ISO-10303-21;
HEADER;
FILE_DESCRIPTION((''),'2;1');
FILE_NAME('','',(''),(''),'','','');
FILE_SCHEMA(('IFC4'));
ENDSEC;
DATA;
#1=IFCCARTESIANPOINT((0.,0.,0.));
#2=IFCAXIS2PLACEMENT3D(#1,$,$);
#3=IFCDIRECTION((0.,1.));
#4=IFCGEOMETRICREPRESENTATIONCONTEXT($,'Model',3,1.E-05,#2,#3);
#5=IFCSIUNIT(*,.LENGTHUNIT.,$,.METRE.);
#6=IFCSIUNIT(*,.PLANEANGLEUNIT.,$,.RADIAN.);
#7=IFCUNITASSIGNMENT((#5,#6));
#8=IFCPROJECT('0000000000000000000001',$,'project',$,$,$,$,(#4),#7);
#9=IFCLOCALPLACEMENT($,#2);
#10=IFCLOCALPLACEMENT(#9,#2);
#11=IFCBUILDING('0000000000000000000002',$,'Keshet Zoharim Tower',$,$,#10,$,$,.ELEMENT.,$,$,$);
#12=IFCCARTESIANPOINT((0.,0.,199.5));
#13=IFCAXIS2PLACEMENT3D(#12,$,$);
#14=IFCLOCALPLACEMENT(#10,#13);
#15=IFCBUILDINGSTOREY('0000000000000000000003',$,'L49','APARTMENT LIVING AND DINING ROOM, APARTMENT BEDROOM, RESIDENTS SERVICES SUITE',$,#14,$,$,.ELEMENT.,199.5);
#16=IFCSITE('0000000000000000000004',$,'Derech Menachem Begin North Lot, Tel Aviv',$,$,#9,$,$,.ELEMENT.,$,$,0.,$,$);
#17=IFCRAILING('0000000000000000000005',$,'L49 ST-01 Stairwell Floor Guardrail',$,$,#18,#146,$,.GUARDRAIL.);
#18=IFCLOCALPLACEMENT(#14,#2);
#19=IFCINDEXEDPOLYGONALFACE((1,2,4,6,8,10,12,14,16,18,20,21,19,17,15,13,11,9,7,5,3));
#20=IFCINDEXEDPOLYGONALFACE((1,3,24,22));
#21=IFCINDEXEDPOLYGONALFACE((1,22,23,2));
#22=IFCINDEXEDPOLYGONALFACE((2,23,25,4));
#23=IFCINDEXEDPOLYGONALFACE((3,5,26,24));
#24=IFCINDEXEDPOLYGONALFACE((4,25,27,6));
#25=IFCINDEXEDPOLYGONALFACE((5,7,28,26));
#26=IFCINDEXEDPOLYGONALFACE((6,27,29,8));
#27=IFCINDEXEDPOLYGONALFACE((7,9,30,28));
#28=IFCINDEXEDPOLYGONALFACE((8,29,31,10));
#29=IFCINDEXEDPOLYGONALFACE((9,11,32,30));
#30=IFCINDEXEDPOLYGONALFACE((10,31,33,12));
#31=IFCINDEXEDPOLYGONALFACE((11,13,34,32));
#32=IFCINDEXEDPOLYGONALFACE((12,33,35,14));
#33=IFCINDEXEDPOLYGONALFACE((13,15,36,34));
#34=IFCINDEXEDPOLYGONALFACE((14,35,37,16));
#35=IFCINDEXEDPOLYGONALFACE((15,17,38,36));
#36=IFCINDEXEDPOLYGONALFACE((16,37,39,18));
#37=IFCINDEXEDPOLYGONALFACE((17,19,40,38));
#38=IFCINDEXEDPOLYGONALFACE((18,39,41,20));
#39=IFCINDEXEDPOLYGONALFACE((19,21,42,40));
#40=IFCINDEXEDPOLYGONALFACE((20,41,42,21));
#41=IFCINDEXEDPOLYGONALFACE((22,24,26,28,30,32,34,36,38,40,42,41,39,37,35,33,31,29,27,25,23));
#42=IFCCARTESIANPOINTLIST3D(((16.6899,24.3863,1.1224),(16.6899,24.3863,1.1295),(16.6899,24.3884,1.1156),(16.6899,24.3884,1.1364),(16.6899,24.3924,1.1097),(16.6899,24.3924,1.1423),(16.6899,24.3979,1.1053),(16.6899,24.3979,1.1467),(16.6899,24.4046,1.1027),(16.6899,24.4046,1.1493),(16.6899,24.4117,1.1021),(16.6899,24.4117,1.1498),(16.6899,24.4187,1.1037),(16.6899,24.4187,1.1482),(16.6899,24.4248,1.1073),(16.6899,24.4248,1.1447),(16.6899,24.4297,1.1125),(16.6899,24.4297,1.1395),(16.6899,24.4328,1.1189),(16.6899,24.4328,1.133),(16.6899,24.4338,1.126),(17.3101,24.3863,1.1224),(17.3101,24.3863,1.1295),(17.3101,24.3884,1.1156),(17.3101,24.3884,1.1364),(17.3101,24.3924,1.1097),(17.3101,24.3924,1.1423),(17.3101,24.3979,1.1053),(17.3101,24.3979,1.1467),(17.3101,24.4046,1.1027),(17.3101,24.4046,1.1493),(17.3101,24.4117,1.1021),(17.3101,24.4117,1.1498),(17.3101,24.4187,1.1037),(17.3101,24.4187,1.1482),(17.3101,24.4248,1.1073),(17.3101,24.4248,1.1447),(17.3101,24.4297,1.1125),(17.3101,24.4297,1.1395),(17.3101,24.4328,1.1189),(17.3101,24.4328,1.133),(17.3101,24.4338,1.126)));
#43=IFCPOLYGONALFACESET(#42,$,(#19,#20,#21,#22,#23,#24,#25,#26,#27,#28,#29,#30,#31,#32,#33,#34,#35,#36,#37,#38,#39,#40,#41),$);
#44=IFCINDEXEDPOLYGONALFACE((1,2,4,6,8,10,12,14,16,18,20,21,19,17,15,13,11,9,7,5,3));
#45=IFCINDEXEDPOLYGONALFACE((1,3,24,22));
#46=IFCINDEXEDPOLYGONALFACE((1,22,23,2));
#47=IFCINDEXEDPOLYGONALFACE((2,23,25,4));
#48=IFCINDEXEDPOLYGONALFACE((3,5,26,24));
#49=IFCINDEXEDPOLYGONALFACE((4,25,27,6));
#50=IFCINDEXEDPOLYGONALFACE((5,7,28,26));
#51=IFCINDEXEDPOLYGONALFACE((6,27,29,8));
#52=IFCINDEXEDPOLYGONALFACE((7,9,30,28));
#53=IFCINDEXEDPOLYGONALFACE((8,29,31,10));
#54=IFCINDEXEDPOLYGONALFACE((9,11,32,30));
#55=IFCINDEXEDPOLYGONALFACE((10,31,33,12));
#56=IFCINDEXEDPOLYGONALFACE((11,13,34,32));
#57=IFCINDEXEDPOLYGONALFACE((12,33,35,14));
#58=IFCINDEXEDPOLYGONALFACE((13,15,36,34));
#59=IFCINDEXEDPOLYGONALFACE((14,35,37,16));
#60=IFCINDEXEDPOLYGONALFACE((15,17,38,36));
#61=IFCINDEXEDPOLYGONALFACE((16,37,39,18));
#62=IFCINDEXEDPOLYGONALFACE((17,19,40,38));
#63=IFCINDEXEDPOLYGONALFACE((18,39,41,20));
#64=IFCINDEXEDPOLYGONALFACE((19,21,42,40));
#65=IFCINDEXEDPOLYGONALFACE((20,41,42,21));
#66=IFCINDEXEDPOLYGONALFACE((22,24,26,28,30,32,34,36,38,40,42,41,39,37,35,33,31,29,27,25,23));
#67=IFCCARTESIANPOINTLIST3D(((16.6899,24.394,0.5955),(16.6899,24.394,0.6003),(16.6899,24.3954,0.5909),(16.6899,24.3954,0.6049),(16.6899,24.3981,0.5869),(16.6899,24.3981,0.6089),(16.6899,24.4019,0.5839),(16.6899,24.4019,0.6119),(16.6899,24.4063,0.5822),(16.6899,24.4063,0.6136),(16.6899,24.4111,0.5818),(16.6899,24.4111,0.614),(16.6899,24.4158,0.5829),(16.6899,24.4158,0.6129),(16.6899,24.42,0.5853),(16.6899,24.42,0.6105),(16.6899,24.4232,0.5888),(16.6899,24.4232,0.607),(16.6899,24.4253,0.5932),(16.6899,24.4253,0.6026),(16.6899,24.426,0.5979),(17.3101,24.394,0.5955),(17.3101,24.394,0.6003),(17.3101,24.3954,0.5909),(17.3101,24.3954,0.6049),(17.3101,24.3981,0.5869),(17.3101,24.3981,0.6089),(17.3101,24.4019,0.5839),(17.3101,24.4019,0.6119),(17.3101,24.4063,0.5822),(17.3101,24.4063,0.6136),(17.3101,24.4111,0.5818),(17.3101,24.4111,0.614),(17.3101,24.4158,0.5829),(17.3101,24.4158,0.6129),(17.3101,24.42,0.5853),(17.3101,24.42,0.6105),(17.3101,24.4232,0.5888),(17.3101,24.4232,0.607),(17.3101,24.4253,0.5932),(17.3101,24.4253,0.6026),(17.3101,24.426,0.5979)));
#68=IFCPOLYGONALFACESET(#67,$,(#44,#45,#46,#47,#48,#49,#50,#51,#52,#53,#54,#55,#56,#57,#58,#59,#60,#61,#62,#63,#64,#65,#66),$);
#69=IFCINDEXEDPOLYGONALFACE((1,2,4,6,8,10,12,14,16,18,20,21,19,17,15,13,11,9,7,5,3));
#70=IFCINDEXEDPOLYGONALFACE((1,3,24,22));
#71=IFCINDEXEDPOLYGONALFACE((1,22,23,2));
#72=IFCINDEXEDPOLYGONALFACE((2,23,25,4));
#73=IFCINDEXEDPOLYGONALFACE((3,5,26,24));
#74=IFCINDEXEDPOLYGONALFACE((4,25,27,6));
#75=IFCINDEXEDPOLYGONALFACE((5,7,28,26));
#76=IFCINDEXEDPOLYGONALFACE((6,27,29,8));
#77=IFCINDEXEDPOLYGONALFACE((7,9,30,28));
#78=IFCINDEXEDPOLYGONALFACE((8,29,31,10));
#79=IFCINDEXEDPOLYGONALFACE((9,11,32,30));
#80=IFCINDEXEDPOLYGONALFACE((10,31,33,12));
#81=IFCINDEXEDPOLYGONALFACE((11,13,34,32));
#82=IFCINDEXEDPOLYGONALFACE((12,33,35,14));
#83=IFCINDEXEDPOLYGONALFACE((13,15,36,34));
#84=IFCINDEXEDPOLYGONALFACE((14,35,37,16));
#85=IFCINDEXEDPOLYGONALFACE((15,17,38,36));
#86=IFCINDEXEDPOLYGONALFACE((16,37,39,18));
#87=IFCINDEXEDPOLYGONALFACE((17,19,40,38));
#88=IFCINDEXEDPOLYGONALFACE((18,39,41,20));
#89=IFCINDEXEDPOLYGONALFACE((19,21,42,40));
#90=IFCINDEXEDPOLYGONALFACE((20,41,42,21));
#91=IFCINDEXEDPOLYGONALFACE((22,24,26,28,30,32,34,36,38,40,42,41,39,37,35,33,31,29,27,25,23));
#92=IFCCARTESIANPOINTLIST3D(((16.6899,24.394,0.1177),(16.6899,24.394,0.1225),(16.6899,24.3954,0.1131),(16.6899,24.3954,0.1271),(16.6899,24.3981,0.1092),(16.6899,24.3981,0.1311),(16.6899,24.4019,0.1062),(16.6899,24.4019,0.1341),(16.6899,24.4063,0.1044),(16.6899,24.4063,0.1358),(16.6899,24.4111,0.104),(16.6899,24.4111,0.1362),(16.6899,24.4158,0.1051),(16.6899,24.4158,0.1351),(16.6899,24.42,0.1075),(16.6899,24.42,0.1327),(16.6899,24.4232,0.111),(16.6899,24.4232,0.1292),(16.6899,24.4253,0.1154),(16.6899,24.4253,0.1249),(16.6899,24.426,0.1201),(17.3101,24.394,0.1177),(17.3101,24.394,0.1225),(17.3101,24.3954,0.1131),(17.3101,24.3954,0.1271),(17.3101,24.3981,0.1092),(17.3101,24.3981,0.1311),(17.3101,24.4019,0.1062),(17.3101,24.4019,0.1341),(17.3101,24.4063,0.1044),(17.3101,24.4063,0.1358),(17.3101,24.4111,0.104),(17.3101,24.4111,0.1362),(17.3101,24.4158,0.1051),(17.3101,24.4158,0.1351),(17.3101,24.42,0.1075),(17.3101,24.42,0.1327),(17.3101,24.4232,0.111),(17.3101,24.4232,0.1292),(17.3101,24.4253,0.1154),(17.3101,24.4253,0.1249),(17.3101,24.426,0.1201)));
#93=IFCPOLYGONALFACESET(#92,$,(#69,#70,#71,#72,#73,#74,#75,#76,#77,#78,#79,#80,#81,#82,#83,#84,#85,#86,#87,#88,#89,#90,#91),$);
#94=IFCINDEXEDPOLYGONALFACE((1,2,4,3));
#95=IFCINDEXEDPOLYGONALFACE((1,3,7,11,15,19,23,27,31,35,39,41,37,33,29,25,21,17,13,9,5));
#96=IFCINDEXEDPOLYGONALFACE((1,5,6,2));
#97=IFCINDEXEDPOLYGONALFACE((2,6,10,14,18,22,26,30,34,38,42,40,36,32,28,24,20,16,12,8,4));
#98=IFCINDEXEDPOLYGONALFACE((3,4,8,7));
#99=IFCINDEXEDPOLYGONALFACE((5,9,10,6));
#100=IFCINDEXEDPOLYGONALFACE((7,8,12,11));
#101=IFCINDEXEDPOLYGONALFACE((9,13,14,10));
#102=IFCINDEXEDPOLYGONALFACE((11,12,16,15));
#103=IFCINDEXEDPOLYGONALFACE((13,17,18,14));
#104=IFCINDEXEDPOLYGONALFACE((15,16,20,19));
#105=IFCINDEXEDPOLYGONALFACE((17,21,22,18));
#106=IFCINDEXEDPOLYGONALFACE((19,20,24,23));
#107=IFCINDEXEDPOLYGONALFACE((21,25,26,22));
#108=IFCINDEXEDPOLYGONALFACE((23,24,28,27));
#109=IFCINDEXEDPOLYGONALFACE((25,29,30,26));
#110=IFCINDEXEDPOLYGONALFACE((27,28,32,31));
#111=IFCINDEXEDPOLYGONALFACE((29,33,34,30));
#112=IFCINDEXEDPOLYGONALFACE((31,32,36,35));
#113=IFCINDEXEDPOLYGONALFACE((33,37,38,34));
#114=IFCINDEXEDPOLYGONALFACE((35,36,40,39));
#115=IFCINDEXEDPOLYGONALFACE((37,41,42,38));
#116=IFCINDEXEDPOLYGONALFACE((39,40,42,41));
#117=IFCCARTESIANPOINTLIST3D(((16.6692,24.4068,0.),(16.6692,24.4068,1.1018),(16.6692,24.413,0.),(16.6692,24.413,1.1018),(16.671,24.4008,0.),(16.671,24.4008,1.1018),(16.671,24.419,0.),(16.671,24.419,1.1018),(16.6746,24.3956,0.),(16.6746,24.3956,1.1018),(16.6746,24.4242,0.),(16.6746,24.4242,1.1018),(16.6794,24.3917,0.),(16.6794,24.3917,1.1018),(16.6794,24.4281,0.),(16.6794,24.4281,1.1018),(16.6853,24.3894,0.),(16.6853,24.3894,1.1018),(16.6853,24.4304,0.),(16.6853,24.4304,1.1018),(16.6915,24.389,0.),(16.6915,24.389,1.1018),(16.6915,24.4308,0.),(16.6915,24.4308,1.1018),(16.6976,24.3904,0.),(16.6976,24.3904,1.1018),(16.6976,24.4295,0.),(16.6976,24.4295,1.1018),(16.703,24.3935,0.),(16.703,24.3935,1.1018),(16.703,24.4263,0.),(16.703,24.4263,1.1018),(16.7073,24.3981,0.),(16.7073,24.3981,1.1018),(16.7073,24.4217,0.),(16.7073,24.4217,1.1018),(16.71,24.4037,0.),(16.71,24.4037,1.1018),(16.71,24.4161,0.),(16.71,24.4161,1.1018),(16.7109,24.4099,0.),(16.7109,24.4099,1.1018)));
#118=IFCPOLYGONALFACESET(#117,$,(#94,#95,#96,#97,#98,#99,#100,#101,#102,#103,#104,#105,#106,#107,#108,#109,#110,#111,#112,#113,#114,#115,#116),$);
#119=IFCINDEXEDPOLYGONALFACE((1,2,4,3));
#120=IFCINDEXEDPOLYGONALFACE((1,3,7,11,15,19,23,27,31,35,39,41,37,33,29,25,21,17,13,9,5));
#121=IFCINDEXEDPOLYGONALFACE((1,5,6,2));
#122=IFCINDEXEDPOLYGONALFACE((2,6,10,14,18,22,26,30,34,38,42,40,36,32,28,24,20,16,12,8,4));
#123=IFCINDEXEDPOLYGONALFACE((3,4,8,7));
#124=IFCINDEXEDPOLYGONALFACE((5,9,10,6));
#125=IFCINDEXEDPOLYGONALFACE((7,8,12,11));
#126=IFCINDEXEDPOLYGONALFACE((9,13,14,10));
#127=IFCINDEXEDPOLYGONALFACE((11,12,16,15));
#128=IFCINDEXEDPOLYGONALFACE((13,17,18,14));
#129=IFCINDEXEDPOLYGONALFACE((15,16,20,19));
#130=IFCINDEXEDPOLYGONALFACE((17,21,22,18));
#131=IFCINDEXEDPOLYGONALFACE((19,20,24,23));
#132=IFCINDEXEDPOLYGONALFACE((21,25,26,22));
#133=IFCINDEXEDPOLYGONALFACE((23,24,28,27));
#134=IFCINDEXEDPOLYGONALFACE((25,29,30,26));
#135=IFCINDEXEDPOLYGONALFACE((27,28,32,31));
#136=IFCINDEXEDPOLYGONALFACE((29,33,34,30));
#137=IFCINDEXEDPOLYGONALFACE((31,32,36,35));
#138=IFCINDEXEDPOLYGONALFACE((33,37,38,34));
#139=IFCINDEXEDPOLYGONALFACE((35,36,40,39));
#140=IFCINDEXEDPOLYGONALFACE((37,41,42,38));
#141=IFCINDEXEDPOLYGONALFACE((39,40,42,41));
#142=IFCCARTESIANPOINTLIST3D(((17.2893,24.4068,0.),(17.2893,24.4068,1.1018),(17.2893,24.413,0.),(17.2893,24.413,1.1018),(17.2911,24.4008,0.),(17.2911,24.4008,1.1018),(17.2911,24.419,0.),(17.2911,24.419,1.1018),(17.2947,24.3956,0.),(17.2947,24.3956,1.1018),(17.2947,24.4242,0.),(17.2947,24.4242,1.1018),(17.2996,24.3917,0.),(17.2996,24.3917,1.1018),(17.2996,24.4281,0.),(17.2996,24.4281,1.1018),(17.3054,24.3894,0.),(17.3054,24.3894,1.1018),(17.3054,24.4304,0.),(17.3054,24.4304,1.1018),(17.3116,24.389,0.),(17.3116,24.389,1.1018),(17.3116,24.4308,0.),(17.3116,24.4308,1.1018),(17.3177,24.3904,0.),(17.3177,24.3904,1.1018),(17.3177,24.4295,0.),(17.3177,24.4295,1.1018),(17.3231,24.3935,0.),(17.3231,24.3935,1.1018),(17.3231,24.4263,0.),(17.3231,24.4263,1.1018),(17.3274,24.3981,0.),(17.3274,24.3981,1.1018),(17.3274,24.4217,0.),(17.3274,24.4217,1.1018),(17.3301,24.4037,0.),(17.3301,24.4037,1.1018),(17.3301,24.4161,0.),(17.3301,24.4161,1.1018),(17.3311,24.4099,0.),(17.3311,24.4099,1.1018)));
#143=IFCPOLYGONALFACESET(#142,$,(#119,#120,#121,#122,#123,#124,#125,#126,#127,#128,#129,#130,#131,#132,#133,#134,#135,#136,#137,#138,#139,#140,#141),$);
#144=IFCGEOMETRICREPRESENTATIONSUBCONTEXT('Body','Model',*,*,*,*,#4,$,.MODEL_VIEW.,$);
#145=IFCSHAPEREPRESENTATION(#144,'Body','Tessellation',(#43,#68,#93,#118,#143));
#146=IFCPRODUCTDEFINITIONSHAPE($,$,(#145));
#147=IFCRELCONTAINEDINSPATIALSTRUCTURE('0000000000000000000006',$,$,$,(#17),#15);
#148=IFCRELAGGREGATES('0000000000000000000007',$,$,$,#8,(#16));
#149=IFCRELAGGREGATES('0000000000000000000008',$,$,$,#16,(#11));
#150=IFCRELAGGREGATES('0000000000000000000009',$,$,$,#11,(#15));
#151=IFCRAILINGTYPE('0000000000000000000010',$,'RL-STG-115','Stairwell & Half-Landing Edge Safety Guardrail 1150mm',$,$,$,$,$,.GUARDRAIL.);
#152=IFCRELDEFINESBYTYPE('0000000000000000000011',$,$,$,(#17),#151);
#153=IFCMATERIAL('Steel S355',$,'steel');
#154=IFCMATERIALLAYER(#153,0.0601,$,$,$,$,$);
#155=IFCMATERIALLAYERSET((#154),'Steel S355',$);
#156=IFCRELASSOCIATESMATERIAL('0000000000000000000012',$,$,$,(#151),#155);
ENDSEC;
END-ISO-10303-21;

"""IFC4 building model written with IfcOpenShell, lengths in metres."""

from ifc_helpers import new_model, si_unit, direction, frame, origin, origin_2d, place, context, subcontext, project, spatial, circle, extrude, material, layer, layer_set, type_object, element, save


model = new_model("IFC4")

# Units and contexts
model_context = context("Model", 3, precision=1e-05, world=origin(), true_north=direction((0.0, 1.0)))
body_context = subcontext(model_context, "Body", "Model", "MODEL_VIEW")
ifc_project = project(units=[si_unit("LENGTHUNIT", "METRE"), si_unit("PLANEANGLEUNIT", "RADIAN")], contexts=[model_context])

# Site, building, storey
site_placement = place(None, origin())
site = spatial("IfcSite", under=ifc_project, at=site_placement, Name="Derech Menachem Begin North Lot, Tel Aviv", CompositionType="ELEMENT", RefElevation=0.0)
building_placement = place(site_placement, origin())
building = spatial("IfcBuilding", under=site, at=building_placement, Name="Keshet Zoharim Tower", CompositionType="ELEMENT")
storey_placement = place(building_placement, frame((0.0, 0.0, 199.5)))
storey = spatial("IfcBuildingStorey", under=building, at=storey_placement, Name="L49", Description="APARTMENT LIVING AND DINING ROOM, APARTMENT BEDROOM, RESIDENTS SERVICES SUITE", CompositionType="ELEMENT", Elevation=199.5)

# Shared definitions
ifc_material_1 = material(Name="Steel S355", Category="steel")

# Railing
ifc_layer_1 = layer(ifc_material_1, 0.0601)
ifc_layer_set_1 = layer_set([ifc_layer_1], Name="Steel S355")
railing_type_1 = type_object("IfcRailingType", Name="RL-STG-115", Description="Stairwell & Half-Landing Edge Safety Guardrail 1150mm", PredefinedType="GUARDRAIL", material=ifc_layer_set_1)
railing_1_placement = place(storey_placement, frame((16.6899, 24.4099, 0.0)))
element("IfcRailing", 1, at=railing_1_placement, inside=storey, type_object=railing_type_1, Name="L49 ST-01 Stairwell Floor Guardrail", PredefinedType="GUARDRAIL", context=body_context, shape_type="SweptSolid", body=[
    extrude(circle(Radius=0.0239, at=origin_2d()), frame((0.0, 0.0, 1.126), z_axis=(1.0, 0.0, 0.0), x_axis=(0.0, 1.0, 0.0)), (0.0, 0.0, 1.0), 0.6201),
    extrude(circle(Radius=0.0161, at=origin_2d()), frame((0.0, 0.0, 0.5979), z_axis=(1.0, 0.0, 0.0), x_axis=(0.0, 1.0, 0.0)), (0.0, 0.0, 1.0), 0.6201),
    extrude(circle(Radius=0.0161, at=origin_2d()), frame((0.0, 0.0, 0.1201), z_axis=(1.0, 0.0, 0.0), x_axis=(0.0, 1.0, 0.0)), (0.0, 0.0, 1.0), 0.6201),
    extrude(circle(Radius=0.021, at=origin_2d()), origin(), (0.0, 0.0, 1.0), 1.1018),
    extrude(circle(Radius=0.021, at=origin_2d()), frame((0.6201, 0.0, 0.0)), (0.0, 0.0, 1.0), 1.1018),
])

save(model, "model.ifc")
